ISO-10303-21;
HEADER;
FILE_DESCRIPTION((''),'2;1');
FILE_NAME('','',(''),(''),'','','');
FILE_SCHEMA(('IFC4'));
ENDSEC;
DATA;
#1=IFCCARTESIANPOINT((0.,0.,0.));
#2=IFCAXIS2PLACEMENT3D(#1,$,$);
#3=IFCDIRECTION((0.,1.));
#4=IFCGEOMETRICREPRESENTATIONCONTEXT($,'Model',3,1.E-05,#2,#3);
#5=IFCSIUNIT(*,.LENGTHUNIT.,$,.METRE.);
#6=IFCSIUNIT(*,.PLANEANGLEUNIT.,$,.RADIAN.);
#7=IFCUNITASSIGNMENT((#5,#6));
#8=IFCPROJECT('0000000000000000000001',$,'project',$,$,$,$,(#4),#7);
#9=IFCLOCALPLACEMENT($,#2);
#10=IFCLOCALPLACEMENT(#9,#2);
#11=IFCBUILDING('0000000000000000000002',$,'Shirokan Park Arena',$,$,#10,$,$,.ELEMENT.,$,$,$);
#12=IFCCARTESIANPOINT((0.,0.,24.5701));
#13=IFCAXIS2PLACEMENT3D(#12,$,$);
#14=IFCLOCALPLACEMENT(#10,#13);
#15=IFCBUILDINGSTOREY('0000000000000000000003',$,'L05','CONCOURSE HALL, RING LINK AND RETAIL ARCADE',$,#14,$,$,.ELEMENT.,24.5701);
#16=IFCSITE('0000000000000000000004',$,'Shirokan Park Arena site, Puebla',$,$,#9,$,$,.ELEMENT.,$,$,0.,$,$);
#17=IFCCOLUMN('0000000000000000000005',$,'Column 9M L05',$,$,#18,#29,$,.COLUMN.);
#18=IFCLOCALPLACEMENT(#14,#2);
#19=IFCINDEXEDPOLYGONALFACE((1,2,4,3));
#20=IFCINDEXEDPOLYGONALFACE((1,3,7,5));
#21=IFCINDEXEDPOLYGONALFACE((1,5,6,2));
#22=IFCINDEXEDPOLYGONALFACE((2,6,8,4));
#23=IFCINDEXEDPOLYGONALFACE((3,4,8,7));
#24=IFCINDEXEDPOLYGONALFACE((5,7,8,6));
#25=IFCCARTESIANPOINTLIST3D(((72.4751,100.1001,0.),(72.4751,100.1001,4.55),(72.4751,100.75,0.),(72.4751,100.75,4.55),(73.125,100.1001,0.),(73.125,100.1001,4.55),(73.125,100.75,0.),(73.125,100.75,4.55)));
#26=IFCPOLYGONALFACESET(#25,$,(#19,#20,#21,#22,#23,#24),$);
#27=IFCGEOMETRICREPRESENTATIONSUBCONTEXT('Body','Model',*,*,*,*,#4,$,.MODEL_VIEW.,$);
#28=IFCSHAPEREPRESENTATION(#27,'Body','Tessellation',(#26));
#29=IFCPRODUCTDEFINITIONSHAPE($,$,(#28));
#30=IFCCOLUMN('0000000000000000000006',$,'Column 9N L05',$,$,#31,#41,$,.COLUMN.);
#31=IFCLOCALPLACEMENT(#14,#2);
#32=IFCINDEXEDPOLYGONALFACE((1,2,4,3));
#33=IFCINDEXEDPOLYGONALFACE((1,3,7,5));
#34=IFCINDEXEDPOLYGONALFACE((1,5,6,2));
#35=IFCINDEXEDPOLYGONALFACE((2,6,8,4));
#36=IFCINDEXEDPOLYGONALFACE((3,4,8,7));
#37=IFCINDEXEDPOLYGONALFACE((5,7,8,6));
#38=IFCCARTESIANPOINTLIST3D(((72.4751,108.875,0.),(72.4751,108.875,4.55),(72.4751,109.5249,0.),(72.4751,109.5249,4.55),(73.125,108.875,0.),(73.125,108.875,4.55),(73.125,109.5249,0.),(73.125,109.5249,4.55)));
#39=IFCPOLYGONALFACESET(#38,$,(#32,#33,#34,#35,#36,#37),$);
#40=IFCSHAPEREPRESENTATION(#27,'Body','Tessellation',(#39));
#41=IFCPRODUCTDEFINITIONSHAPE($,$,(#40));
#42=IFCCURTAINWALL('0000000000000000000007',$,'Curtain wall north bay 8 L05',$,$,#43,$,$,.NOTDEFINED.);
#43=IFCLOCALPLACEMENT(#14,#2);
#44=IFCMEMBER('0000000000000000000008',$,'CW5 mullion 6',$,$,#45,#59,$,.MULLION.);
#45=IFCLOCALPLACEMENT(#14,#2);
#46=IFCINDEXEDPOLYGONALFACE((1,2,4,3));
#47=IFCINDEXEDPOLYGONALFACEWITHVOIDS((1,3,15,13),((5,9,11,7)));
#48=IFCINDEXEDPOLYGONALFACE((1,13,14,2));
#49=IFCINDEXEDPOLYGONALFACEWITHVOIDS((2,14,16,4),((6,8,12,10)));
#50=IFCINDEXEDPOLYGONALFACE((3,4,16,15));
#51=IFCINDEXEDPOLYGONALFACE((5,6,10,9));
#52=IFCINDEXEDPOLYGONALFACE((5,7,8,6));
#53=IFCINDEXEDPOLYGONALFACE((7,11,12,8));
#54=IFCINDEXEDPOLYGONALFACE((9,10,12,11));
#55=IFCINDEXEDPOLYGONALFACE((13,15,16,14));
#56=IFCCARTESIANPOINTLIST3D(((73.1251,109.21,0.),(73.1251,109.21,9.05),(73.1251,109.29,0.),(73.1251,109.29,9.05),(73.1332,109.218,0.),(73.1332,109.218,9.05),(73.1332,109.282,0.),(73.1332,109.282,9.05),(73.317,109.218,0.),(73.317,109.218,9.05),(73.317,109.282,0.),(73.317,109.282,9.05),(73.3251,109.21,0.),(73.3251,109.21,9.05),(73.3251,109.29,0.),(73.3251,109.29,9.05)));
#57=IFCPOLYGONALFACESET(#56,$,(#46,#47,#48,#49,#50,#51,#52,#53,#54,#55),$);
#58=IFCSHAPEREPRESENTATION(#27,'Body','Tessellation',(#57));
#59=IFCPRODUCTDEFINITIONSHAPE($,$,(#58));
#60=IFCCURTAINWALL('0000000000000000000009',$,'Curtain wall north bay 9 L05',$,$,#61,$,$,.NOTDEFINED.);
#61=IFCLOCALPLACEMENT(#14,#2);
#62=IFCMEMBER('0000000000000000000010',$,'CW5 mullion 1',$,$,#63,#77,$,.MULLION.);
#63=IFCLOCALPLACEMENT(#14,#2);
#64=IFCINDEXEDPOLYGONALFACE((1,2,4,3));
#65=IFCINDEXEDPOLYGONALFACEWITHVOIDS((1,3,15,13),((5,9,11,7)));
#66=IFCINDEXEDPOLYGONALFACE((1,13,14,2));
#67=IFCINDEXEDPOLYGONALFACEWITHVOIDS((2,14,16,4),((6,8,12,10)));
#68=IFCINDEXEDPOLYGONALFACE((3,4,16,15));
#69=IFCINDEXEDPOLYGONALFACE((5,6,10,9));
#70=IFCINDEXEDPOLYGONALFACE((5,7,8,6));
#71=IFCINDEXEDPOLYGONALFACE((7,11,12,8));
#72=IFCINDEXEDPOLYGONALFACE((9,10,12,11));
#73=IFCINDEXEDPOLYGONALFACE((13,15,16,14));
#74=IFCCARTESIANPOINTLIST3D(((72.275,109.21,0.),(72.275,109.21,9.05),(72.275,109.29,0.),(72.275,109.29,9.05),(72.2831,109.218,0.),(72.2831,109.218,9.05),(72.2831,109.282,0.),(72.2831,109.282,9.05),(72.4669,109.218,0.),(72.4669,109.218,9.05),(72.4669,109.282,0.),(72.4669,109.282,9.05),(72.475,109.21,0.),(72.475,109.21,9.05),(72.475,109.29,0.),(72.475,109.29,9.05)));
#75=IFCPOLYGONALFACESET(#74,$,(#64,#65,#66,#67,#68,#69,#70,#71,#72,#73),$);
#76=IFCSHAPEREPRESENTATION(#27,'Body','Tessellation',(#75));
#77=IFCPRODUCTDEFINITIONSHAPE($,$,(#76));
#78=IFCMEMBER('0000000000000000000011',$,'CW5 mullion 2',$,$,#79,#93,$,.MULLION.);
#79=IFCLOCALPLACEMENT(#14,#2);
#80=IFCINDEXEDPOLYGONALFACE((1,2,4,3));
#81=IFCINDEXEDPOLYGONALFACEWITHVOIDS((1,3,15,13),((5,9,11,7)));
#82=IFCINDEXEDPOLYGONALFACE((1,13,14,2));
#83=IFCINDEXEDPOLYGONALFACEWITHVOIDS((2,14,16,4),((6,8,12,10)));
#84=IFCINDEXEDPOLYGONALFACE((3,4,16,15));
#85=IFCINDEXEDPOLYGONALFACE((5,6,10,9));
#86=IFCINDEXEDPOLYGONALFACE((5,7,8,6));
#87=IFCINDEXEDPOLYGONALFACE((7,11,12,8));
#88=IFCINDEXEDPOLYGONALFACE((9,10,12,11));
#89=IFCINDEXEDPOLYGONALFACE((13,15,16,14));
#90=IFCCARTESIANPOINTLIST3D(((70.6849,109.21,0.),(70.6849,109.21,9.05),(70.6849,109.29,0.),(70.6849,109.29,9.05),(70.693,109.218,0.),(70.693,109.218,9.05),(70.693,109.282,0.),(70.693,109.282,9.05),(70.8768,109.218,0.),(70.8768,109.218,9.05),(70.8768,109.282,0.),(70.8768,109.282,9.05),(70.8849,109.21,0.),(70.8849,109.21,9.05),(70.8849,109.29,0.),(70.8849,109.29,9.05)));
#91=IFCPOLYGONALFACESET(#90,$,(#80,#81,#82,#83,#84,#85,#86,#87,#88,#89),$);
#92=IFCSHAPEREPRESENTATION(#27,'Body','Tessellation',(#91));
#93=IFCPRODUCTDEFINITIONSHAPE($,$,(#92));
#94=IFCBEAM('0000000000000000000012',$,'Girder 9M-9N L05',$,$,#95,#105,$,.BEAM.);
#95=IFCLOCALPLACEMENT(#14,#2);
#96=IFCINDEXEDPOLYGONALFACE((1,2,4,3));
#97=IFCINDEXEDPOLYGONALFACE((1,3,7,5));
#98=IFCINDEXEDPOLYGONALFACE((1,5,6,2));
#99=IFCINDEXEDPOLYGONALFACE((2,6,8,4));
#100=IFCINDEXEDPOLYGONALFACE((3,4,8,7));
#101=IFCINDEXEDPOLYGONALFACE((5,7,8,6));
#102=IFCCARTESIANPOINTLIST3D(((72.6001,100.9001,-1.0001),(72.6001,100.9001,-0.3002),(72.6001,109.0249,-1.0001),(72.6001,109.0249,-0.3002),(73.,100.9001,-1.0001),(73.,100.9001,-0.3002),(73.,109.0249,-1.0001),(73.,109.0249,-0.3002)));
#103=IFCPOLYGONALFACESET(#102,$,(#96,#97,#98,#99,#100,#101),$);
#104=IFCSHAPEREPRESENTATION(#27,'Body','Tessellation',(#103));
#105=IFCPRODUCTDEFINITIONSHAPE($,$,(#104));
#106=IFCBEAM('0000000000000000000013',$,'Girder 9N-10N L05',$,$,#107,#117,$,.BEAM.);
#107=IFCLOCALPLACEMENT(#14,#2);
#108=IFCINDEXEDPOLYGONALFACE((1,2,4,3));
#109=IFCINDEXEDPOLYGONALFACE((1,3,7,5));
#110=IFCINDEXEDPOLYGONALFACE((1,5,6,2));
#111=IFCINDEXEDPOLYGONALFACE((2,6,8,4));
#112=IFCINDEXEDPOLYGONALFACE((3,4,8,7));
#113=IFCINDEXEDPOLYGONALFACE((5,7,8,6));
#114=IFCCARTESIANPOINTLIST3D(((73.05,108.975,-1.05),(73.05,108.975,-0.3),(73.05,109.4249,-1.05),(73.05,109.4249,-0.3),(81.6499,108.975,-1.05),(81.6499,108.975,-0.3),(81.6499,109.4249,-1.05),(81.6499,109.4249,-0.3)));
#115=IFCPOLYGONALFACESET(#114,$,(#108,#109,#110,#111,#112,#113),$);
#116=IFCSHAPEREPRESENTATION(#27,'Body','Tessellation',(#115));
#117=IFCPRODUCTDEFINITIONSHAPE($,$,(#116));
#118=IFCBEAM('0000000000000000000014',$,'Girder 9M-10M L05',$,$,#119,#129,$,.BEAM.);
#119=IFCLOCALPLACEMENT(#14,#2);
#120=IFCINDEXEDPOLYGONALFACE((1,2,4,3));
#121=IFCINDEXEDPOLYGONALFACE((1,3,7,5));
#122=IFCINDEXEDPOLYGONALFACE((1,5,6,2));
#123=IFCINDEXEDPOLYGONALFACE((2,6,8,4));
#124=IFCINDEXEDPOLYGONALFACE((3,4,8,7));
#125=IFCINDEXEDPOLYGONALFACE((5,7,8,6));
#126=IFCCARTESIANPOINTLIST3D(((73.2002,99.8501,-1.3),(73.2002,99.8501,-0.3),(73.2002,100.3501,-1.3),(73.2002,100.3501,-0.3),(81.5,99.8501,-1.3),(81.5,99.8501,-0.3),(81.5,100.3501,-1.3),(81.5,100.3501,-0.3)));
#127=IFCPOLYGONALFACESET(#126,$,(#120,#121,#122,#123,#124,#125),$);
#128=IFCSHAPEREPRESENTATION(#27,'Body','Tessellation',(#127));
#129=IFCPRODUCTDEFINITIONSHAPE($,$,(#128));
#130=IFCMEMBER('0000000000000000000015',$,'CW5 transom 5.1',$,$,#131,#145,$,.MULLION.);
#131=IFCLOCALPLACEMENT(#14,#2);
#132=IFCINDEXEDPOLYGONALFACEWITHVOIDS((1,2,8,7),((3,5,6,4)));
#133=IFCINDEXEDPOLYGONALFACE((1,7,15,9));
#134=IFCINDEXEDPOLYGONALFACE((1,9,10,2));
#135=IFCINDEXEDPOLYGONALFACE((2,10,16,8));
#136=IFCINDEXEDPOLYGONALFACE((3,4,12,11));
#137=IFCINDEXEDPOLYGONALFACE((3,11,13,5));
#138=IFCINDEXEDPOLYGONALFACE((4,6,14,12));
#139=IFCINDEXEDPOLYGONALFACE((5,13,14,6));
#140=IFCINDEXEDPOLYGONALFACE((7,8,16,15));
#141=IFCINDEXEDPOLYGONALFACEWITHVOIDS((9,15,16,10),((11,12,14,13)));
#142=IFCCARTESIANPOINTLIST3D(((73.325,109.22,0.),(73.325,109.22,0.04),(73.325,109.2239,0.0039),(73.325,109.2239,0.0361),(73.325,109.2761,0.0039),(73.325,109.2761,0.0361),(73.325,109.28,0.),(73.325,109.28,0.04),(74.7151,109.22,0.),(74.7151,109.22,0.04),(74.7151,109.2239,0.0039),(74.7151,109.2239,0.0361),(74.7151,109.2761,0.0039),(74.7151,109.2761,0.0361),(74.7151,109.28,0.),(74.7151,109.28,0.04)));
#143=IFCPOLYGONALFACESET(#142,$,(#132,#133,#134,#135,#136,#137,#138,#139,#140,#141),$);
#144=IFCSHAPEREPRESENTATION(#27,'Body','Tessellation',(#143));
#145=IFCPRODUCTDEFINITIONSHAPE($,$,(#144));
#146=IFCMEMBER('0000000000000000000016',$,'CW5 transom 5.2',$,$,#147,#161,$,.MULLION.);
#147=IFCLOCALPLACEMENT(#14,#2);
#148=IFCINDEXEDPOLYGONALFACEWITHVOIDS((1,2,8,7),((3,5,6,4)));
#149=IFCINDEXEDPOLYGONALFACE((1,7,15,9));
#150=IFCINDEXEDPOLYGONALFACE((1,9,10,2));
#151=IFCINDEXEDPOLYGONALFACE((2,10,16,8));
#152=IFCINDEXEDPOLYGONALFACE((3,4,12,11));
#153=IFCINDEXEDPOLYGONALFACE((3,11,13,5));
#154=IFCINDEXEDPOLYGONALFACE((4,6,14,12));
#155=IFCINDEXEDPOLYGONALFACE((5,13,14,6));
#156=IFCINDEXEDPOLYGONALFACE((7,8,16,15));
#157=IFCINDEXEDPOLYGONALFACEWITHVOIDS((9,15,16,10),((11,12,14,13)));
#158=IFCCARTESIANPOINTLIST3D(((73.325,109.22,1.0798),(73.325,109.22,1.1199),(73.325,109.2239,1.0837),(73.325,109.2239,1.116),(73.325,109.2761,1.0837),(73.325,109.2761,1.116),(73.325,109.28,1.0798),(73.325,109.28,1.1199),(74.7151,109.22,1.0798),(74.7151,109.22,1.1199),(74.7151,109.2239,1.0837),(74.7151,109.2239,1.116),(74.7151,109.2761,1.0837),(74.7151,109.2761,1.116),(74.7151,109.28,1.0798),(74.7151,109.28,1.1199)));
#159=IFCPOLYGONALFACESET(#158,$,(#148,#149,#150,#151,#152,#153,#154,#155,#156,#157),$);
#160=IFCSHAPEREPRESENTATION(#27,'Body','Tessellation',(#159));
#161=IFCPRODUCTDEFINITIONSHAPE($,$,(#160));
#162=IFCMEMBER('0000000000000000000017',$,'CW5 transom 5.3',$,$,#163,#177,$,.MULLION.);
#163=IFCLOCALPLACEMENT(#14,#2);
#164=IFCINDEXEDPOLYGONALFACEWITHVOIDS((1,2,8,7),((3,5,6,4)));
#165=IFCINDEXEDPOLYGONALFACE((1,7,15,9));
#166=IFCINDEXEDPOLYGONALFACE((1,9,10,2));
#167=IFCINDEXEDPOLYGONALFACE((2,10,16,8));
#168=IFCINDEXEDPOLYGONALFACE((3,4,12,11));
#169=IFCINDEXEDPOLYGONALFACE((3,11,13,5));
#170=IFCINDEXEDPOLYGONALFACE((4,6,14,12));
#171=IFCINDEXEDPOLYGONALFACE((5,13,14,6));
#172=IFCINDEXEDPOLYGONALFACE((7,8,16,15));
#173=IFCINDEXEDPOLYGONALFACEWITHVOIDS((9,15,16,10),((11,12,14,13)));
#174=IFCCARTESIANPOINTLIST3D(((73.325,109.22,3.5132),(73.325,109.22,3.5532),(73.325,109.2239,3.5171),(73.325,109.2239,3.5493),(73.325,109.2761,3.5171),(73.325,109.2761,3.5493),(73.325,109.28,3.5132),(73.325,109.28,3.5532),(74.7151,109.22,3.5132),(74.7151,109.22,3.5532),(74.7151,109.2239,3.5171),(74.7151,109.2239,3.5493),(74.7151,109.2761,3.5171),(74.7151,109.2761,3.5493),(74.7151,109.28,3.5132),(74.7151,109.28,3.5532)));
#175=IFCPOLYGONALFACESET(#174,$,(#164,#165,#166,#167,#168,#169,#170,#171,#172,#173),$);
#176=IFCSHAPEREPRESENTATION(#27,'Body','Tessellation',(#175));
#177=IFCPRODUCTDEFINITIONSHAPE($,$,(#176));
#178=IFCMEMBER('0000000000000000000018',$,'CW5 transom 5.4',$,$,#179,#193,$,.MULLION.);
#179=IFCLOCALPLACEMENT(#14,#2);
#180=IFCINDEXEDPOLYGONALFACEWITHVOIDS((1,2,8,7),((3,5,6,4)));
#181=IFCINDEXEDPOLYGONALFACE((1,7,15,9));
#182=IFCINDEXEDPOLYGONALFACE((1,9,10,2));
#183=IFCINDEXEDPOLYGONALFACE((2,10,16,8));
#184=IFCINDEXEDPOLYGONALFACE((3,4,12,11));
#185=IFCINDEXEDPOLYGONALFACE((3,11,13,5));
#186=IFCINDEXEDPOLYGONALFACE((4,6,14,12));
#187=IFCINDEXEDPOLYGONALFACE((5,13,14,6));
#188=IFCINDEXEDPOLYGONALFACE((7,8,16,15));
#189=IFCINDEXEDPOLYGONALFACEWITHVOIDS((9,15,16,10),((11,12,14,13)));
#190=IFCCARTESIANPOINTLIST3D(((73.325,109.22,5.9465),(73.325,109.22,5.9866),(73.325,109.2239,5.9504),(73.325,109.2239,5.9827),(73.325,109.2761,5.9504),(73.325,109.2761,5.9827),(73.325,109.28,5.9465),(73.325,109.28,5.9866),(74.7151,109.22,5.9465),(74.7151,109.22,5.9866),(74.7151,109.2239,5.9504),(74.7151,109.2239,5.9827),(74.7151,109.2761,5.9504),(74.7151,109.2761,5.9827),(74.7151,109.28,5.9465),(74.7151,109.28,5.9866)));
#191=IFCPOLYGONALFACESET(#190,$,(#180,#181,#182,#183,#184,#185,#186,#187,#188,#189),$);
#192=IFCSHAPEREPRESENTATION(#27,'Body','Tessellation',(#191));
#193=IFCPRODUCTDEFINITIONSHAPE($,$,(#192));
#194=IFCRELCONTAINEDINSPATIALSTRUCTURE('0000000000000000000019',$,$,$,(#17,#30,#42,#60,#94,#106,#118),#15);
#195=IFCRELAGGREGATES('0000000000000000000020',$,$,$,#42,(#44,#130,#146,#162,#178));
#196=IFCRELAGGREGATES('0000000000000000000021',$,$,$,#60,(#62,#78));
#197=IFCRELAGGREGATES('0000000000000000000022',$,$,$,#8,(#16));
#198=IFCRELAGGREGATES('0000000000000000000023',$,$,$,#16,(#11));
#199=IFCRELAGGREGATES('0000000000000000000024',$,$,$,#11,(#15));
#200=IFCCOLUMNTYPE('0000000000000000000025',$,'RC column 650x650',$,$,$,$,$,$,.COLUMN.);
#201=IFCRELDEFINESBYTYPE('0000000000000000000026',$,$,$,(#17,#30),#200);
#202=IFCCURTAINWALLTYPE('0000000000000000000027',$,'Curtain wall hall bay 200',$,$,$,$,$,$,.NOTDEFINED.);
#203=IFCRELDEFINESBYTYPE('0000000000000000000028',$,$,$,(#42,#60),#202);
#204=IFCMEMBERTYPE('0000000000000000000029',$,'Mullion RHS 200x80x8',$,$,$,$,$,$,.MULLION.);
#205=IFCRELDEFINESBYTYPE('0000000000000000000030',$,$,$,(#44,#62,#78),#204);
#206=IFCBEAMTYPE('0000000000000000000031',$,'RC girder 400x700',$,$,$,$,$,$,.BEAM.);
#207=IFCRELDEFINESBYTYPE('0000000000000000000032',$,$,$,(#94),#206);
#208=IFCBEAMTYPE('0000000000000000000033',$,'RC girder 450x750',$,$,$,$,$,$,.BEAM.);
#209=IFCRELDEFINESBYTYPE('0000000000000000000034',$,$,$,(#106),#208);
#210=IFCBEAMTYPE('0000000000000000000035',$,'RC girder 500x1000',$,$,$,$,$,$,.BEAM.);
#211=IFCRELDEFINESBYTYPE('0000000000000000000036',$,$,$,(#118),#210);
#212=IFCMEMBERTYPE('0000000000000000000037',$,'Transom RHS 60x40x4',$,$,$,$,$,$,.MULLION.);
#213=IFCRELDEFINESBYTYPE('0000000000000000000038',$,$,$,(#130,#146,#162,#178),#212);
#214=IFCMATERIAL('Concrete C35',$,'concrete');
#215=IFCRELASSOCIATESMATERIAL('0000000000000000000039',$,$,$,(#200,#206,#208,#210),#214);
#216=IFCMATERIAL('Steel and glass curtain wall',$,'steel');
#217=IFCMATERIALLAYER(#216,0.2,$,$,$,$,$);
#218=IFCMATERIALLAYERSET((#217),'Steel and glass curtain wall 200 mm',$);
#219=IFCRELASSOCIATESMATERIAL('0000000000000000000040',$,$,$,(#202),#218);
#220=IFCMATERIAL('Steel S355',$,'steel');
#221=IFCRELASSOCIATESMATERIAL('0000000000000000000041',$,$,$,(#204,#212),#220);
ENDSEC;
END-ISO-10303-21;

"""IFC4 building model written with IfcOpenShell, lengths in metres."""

from ifc_helpers import new_model, si_unit, direction, frame, origin, origin_2d, place, context, subcontext, project, spatial, rectangle, hollow_rectangle, extrude, material, layer, layer_set, material_profile, profile_set, type_object, element, aggregate, save


model = new_model("IFC4")

# Units and contexts
model_context = context("Model", 3, precision=1e-05, world=origin(), true_north=direction((0.0, 1.0)))
body_context = subcontext(model_context, "Body", "Model", "MODEL_VIEW")
ifc_project = project(units=[si_unit("LENGTHUNIT", "METRE"), si_unit("PLANEANGLEUNIT", "RADIAN")], contexts=[model_context])

# Site, building, storey
site_placement = place(None, origin())
site = spatial("IfcSite", under=ifc_project, at=site_placement, Name="Shirokan Park Arena site, Puebla", CompositionType="ELEMENT", RefElevation=0.0)
building_placement = place(site_placement, origin())
building = spatial("IfcBuilding", under=site, at=building_placement, Name="Shirokan Park Arena", CompositionType="ELEMENT")
storey_placement = place(building_placement, frame((0.0, 0.0, 24.5701)))
storey = spatial("IfcBuildingStorey", under=building, at=storey_placement, Name="L05", Description="CONCOURSE HALL, RING LINK AND RETAIL ARCADE", CompositionType="ELEMENT", Elevation=24.5701)

# Columns
ifc_material_1 = material(Name="Concrete C35", Category="concrete")
ifc_material_profile_1 = material_profile(ifc_material_1, rectangle(XDim=0.6499, YDim=0.6499, at=origin_2d()), Name="650x650")
ifc_profile_set_1 = profile_set([ifc_material_profile_1], Name="Concrete C35")
column_type = type_object("IfcColumnType", Name="RC column 650x650", PredefinedType="COLUMN", material=ifc_profile_set_1)
for number, where, z_axis, x_axis, name in (
    (1, (72.8, 100.425, 0.0), (0.0, 0.0, 1.0), (1.0, 0.0, 0.0), "Column 9M L05"),
    (2, (72.8, 109.2, 0.0), (0.0, 0.0, 1.0), (1.0, 0.0, 0.0), "Column 9N L05"),
):
    element("IfcColumn", number, at=place(storey_placement, frame(where, z_axis=z_axis, x_axis=x_axis)), inside=storey, type_object=column_type, Name=name, PredefinedType="COLUMN", context=body_context, shape_type="SweptSolid", body=[
        extrude(rectangle(XDim=0.6499, YDim=0.6499, at=origin_2d()), origin(), (0.0, 0.0, 1.0), 4.55),
    ])

# Curtain wall, member
ifc_material_2 = material(Name="Steel and glass curtain wall", Category="steel")
ifc_layer_1 = layer(ifc_material_2, 0.2)
ifc_layer_set_1 = layer_set([ifc_layer_1], Name="Steel and glass curtain wall 200 mm")
curtain_wall_type = type_object("IfcCurtainWallType", Name="Curtain wall hall bay 200", PredefinedType="NOTDEFINED", material=ifc_layer_set_1)
curtain_wall_1_placement = place(storey_placement, origin())
curtain_wall_1 = element("IfcCurtainWall", 3, at=curtain_wall_1_placement, inside=storey, type_object=curtain_wall_type, Name="Curtain wall north bay 8 L05", PredefinedType="NOTDEFINED")
ifc_material_3 = material(Name="Steel S355", Category="steel")
ifc_material_profile_2 = material_profile(ifc_material_3, hollow_rectangle(XDim=0.0801, YDim=0.2, WallThickness=0.0081, at=origin_2d()), Name="RHS 200x80x8")
ifc_profile_set_2 = profile_set([ifc_material_profile_2], Name="Steel S355")
member_type_1 = type_object("IfcMemberType", Name="Mullion RHS 200x80x8", PredefinedType="MULLION", material=ifc_profile_set_2)
member_1_placement = place(storey_placement, frame((73.2251, 109.25, 0.0), z_axis=(0.0, 0.0, 1.0), x_axis=(0.0, -1.0, 0.0)))
member_1 = element("IfcMember", 4, at=member_1_placement, type_object=member_type_1, Name="CW5 mullion 6", PredefinedType="MULLION", context=body_context, shape_type="SweptSolid", body=[
    extrude(hollow_rectangle(XDim=0.0801, YDim=0.2, WallThickness=0.0081, at=origin_2d()), origin(), (0.0, 0.0, 1.0), 9.05),
])

# Curtain wall, members
curtain_wall_2_placement = place(storey_placement, origin())
curtain_wall_2 = element("IfcCurtainWall", 5, at=curtain_wall_2_placement, inside=storey, type_object=curtain_wall_type, Name="Curtain wall north bay 9 L05", PredefinedType="NOTDEFINED")
member_2_placement = place(storey_placement, frame((72.375, 109.25, 0.0), z_axis=(0.0, 0.0, 1.0), x_axis=(0.0, -1.0, 0.0)))
member_2 = element("IfcMember", 6, at=member_2_placement, type_object=member_type_1, Name="CW5 mullion 1", PredefinedType="MULLION", context=body_context, shape_type="SweptSolid", body=[
    extrude(hollow_rectangle(XDim=0.0801, YDim=0.2, WallThickness=0.0081, at=origin_2d()), origin(), (0.0, 0.0, 1.0), 9.05),
])
member_3_placement = place(storey_placement, frame((70.7849, 109.25, 0.0), z_axis=(0.0, 0.0, 1.0), x_axis=(0.0, -1.0, 0.0)))
member_3 = element("IfcMember", 7, at=member_3_placement, type_object=member_type_1, Name="CW5 mullion 2", PredefinedType="MULLION", context=body_context, shape_type="SweptSolid", body=[
    extrude(hollow_rectangle(XDim=0.0801, YDim=0.2, WallThickness=0.0081, at=origin_2d()), origin(), (0.0, 0.0, 1.0), 9.05),
])

# Beams
ifc_material_profile_3 = material_profile(ifc_material_1, rectangle(XDim=0.3999, YDim=0.7, at=origin_2d()), Name="400x700")
ifc_profile_set_3 = profile_set([ifc_material_profile_3], Name="Concrete C35")
beam_type_1 = type_object("IfcBeamType", Name="RC girder 400x700", PredefinedType="BEAM", material=ifc_profile_set_3)
beam_1_placement = place(storey_placement, frame((72.8, 100.9001, -0.6501), z_axis=(0.0, 1.0, 0.0), x_axis=(-1.0, 0.0, 0.0)))
element("IfcBeam", 8, at=beam_1_placement, inside=storey, type_object=beam_type_1, Name="Girder 9M-9N L05", PredefinedType="BEAM", context=body_context, shape_type="SweptSolid", body=[
    extrude(rectangle(XDim=0.3999, YDim=0.7, at=origin_2d()), origin(), (0.0, 0.0, 1.0), 8.1248),
])
ifc_material_profile_4 = material_profile(ifc_material_1, rectangle(XDim=0.45, YDim=0.75, at=origin_2d()), Name="450x750")
ifc_profile_set_4 = profile_set([ifc_material_profile_4], Name="Concrete C35")
beam_type_2 = type_object("IfcBeamType", Name="RC girder 450x750", PredefinedType="BEAM", material=ifc_profile_set_4)
beam_2_placement = place(storey_placement, frame((73.05, 109.2, -0.675), z_axis=(1.0, 0.0, 0.0), x_axis=(0.0, 1.0, 0.0)))
element("IfcBeam", 9, at=beam_2_placement, inside=storey, type_object=beam_type_2, Name="Girder 9N-10N L05", PredefinedType="BEAM", context=body_context, shape_type="SweptSolid", body=[
    extrude(rectangle(XDim=0.45, YDim=0.75, at=origin_2d()), origin(), (0.0, 0.0, 1.0), 8.5999),
])
ifc_material_profile_5 = material_profile(ifc_material_1, rectangle(XDim=0.5, YDim=1.0, at=origin_2d()), Name="500x1000")
ifc_profile_set_5 = profile_set([ifc_material_profile_5], Name="Concrete C35")
beam_type_3 = type_object("IfcBeamType", Name="RC girder 500x1000", PredefinedType="BEAM", material=ifc_profile_set_5)
beam_3_placement = place(storey_placement, frame((73.2002, 100.1001, -0.8), z_axis=(1.0, 0.0, 0.0), x_axis=(0.0, 1.0, 0.0)))
element("IfcBeam", 10, at=beam_3_placement, inside=storey, type_object=beam_type_3, Name="Girder 9M-10M L05", PredefinedType="BEAM", context=body_context, shape_type="SweptSolid", body=[
    extrude(rectangle(XDim=0.5, YDim=1.0, at=origin_2d()), origin(), (0.0, 0.0, 1.0), 8.2998),
])

# Members
ifc_material_profile_6 = material_profile(ifc_material_3, hollow_rectangle(XDim=0.0601, YDim=0.04, WallThickness=0.0039, at=origin_2d()), Name="RHS 60x40x4")
ifc_profile_set_6 = profile_set([ifc_material_profile_6], Name="Steel S355")
member_type_2 = type_object("IfcMemberType", Name="Transom RHS 60x40x4", PredefinedType="MULLION", material=ifc_profile_set_6)
member_4_placement = place(storey_placement, frame((74.7151, 109.25, 0.02), z_axis=(-1.0, 0.0, 0.0), x_axis=(0.0, -1.0, 0.0)))
member_4 = element("IfcMember", 11, at=member_4_placement, type_object=member_type_2, Name="CW5 transom 5.1", PredefinedType="MULLION", context=body_context, shape_type="SweptSolid", body=[
    extrude(hollow_rectangle(XDim=0.0601, YDim=0.04, WallThickness=0.0039, at=origin_2d()), origin(), (0.0, 0.0, 1.0), 1.3901),
])
member_5_placement = place(storey_placement, frame((74.7151, 109.25, 1.0999), z_axis=(-1.0, 0.0, 0.0), x_axis=(0.0, -1.0, 0.0)))
member_5 = element("IfcMember", 12, at=member_5_placement, type_object=member_type_2, Name="CW5 transom 5.2", PredefinedType="MULLION", context=body_context, shape_type="SweptSolid", body=[
    extrude(hollow_rectangle(XDim=0.0601, YDim=0.04, WallThickness=0.0039, at=origin_2d()), origin(), (0.0, 0.0, 1.0), 1.3901),
])
member_6_placement = place(storey_placement, frame((74.7151, 109.25, 3.5332), z_axis=(-1.0, 0.0, 0.0), x_axis=(0.0, -1.0, 0.0)))
member_6 = element("IfcMember", 13, at=member_6_placement, type_object=member_type_2, Name="CW5 transom 5.3", PredefinedType="MULLION", context=body_context, shape_type="SweptSolid", body=[
    extrude(hollow_rectangle(XDim=0.0601, YDim=0.04, WallThickness=0.0039, at=origin_2d()), origin(), (0.0, 0.0, 1.0), 1.3901),
])
member_7_placement = place(storey_placement, frame((74.7151, 109.25, 5.9666), z_axis=(-1.0, 0.0, 0.0), x_axis=(0.0, -1.0, 0.0)))
member_7 = element("IfcMember", 14, at=member_7_placement, type_object=member_type_2, Name="CW5 transom 5.4", PredefinedType="MULLION", context=body_context, shape_type="SweptSolid", body=[
    extrude(hollow_rectangle(XDim=0.0601, YDim=0.04, WallThickness=0.0039, at=origin_2d()), origin(), (0.0, 0.0, 1.0), 1.3901),
])

aggregate(curtain_wall_1, [member_1, member_4, member_5, member_6, member_7])
aggregate(curtain_wall_2, [member_2, member_3])

save(model, "model.ifc")
